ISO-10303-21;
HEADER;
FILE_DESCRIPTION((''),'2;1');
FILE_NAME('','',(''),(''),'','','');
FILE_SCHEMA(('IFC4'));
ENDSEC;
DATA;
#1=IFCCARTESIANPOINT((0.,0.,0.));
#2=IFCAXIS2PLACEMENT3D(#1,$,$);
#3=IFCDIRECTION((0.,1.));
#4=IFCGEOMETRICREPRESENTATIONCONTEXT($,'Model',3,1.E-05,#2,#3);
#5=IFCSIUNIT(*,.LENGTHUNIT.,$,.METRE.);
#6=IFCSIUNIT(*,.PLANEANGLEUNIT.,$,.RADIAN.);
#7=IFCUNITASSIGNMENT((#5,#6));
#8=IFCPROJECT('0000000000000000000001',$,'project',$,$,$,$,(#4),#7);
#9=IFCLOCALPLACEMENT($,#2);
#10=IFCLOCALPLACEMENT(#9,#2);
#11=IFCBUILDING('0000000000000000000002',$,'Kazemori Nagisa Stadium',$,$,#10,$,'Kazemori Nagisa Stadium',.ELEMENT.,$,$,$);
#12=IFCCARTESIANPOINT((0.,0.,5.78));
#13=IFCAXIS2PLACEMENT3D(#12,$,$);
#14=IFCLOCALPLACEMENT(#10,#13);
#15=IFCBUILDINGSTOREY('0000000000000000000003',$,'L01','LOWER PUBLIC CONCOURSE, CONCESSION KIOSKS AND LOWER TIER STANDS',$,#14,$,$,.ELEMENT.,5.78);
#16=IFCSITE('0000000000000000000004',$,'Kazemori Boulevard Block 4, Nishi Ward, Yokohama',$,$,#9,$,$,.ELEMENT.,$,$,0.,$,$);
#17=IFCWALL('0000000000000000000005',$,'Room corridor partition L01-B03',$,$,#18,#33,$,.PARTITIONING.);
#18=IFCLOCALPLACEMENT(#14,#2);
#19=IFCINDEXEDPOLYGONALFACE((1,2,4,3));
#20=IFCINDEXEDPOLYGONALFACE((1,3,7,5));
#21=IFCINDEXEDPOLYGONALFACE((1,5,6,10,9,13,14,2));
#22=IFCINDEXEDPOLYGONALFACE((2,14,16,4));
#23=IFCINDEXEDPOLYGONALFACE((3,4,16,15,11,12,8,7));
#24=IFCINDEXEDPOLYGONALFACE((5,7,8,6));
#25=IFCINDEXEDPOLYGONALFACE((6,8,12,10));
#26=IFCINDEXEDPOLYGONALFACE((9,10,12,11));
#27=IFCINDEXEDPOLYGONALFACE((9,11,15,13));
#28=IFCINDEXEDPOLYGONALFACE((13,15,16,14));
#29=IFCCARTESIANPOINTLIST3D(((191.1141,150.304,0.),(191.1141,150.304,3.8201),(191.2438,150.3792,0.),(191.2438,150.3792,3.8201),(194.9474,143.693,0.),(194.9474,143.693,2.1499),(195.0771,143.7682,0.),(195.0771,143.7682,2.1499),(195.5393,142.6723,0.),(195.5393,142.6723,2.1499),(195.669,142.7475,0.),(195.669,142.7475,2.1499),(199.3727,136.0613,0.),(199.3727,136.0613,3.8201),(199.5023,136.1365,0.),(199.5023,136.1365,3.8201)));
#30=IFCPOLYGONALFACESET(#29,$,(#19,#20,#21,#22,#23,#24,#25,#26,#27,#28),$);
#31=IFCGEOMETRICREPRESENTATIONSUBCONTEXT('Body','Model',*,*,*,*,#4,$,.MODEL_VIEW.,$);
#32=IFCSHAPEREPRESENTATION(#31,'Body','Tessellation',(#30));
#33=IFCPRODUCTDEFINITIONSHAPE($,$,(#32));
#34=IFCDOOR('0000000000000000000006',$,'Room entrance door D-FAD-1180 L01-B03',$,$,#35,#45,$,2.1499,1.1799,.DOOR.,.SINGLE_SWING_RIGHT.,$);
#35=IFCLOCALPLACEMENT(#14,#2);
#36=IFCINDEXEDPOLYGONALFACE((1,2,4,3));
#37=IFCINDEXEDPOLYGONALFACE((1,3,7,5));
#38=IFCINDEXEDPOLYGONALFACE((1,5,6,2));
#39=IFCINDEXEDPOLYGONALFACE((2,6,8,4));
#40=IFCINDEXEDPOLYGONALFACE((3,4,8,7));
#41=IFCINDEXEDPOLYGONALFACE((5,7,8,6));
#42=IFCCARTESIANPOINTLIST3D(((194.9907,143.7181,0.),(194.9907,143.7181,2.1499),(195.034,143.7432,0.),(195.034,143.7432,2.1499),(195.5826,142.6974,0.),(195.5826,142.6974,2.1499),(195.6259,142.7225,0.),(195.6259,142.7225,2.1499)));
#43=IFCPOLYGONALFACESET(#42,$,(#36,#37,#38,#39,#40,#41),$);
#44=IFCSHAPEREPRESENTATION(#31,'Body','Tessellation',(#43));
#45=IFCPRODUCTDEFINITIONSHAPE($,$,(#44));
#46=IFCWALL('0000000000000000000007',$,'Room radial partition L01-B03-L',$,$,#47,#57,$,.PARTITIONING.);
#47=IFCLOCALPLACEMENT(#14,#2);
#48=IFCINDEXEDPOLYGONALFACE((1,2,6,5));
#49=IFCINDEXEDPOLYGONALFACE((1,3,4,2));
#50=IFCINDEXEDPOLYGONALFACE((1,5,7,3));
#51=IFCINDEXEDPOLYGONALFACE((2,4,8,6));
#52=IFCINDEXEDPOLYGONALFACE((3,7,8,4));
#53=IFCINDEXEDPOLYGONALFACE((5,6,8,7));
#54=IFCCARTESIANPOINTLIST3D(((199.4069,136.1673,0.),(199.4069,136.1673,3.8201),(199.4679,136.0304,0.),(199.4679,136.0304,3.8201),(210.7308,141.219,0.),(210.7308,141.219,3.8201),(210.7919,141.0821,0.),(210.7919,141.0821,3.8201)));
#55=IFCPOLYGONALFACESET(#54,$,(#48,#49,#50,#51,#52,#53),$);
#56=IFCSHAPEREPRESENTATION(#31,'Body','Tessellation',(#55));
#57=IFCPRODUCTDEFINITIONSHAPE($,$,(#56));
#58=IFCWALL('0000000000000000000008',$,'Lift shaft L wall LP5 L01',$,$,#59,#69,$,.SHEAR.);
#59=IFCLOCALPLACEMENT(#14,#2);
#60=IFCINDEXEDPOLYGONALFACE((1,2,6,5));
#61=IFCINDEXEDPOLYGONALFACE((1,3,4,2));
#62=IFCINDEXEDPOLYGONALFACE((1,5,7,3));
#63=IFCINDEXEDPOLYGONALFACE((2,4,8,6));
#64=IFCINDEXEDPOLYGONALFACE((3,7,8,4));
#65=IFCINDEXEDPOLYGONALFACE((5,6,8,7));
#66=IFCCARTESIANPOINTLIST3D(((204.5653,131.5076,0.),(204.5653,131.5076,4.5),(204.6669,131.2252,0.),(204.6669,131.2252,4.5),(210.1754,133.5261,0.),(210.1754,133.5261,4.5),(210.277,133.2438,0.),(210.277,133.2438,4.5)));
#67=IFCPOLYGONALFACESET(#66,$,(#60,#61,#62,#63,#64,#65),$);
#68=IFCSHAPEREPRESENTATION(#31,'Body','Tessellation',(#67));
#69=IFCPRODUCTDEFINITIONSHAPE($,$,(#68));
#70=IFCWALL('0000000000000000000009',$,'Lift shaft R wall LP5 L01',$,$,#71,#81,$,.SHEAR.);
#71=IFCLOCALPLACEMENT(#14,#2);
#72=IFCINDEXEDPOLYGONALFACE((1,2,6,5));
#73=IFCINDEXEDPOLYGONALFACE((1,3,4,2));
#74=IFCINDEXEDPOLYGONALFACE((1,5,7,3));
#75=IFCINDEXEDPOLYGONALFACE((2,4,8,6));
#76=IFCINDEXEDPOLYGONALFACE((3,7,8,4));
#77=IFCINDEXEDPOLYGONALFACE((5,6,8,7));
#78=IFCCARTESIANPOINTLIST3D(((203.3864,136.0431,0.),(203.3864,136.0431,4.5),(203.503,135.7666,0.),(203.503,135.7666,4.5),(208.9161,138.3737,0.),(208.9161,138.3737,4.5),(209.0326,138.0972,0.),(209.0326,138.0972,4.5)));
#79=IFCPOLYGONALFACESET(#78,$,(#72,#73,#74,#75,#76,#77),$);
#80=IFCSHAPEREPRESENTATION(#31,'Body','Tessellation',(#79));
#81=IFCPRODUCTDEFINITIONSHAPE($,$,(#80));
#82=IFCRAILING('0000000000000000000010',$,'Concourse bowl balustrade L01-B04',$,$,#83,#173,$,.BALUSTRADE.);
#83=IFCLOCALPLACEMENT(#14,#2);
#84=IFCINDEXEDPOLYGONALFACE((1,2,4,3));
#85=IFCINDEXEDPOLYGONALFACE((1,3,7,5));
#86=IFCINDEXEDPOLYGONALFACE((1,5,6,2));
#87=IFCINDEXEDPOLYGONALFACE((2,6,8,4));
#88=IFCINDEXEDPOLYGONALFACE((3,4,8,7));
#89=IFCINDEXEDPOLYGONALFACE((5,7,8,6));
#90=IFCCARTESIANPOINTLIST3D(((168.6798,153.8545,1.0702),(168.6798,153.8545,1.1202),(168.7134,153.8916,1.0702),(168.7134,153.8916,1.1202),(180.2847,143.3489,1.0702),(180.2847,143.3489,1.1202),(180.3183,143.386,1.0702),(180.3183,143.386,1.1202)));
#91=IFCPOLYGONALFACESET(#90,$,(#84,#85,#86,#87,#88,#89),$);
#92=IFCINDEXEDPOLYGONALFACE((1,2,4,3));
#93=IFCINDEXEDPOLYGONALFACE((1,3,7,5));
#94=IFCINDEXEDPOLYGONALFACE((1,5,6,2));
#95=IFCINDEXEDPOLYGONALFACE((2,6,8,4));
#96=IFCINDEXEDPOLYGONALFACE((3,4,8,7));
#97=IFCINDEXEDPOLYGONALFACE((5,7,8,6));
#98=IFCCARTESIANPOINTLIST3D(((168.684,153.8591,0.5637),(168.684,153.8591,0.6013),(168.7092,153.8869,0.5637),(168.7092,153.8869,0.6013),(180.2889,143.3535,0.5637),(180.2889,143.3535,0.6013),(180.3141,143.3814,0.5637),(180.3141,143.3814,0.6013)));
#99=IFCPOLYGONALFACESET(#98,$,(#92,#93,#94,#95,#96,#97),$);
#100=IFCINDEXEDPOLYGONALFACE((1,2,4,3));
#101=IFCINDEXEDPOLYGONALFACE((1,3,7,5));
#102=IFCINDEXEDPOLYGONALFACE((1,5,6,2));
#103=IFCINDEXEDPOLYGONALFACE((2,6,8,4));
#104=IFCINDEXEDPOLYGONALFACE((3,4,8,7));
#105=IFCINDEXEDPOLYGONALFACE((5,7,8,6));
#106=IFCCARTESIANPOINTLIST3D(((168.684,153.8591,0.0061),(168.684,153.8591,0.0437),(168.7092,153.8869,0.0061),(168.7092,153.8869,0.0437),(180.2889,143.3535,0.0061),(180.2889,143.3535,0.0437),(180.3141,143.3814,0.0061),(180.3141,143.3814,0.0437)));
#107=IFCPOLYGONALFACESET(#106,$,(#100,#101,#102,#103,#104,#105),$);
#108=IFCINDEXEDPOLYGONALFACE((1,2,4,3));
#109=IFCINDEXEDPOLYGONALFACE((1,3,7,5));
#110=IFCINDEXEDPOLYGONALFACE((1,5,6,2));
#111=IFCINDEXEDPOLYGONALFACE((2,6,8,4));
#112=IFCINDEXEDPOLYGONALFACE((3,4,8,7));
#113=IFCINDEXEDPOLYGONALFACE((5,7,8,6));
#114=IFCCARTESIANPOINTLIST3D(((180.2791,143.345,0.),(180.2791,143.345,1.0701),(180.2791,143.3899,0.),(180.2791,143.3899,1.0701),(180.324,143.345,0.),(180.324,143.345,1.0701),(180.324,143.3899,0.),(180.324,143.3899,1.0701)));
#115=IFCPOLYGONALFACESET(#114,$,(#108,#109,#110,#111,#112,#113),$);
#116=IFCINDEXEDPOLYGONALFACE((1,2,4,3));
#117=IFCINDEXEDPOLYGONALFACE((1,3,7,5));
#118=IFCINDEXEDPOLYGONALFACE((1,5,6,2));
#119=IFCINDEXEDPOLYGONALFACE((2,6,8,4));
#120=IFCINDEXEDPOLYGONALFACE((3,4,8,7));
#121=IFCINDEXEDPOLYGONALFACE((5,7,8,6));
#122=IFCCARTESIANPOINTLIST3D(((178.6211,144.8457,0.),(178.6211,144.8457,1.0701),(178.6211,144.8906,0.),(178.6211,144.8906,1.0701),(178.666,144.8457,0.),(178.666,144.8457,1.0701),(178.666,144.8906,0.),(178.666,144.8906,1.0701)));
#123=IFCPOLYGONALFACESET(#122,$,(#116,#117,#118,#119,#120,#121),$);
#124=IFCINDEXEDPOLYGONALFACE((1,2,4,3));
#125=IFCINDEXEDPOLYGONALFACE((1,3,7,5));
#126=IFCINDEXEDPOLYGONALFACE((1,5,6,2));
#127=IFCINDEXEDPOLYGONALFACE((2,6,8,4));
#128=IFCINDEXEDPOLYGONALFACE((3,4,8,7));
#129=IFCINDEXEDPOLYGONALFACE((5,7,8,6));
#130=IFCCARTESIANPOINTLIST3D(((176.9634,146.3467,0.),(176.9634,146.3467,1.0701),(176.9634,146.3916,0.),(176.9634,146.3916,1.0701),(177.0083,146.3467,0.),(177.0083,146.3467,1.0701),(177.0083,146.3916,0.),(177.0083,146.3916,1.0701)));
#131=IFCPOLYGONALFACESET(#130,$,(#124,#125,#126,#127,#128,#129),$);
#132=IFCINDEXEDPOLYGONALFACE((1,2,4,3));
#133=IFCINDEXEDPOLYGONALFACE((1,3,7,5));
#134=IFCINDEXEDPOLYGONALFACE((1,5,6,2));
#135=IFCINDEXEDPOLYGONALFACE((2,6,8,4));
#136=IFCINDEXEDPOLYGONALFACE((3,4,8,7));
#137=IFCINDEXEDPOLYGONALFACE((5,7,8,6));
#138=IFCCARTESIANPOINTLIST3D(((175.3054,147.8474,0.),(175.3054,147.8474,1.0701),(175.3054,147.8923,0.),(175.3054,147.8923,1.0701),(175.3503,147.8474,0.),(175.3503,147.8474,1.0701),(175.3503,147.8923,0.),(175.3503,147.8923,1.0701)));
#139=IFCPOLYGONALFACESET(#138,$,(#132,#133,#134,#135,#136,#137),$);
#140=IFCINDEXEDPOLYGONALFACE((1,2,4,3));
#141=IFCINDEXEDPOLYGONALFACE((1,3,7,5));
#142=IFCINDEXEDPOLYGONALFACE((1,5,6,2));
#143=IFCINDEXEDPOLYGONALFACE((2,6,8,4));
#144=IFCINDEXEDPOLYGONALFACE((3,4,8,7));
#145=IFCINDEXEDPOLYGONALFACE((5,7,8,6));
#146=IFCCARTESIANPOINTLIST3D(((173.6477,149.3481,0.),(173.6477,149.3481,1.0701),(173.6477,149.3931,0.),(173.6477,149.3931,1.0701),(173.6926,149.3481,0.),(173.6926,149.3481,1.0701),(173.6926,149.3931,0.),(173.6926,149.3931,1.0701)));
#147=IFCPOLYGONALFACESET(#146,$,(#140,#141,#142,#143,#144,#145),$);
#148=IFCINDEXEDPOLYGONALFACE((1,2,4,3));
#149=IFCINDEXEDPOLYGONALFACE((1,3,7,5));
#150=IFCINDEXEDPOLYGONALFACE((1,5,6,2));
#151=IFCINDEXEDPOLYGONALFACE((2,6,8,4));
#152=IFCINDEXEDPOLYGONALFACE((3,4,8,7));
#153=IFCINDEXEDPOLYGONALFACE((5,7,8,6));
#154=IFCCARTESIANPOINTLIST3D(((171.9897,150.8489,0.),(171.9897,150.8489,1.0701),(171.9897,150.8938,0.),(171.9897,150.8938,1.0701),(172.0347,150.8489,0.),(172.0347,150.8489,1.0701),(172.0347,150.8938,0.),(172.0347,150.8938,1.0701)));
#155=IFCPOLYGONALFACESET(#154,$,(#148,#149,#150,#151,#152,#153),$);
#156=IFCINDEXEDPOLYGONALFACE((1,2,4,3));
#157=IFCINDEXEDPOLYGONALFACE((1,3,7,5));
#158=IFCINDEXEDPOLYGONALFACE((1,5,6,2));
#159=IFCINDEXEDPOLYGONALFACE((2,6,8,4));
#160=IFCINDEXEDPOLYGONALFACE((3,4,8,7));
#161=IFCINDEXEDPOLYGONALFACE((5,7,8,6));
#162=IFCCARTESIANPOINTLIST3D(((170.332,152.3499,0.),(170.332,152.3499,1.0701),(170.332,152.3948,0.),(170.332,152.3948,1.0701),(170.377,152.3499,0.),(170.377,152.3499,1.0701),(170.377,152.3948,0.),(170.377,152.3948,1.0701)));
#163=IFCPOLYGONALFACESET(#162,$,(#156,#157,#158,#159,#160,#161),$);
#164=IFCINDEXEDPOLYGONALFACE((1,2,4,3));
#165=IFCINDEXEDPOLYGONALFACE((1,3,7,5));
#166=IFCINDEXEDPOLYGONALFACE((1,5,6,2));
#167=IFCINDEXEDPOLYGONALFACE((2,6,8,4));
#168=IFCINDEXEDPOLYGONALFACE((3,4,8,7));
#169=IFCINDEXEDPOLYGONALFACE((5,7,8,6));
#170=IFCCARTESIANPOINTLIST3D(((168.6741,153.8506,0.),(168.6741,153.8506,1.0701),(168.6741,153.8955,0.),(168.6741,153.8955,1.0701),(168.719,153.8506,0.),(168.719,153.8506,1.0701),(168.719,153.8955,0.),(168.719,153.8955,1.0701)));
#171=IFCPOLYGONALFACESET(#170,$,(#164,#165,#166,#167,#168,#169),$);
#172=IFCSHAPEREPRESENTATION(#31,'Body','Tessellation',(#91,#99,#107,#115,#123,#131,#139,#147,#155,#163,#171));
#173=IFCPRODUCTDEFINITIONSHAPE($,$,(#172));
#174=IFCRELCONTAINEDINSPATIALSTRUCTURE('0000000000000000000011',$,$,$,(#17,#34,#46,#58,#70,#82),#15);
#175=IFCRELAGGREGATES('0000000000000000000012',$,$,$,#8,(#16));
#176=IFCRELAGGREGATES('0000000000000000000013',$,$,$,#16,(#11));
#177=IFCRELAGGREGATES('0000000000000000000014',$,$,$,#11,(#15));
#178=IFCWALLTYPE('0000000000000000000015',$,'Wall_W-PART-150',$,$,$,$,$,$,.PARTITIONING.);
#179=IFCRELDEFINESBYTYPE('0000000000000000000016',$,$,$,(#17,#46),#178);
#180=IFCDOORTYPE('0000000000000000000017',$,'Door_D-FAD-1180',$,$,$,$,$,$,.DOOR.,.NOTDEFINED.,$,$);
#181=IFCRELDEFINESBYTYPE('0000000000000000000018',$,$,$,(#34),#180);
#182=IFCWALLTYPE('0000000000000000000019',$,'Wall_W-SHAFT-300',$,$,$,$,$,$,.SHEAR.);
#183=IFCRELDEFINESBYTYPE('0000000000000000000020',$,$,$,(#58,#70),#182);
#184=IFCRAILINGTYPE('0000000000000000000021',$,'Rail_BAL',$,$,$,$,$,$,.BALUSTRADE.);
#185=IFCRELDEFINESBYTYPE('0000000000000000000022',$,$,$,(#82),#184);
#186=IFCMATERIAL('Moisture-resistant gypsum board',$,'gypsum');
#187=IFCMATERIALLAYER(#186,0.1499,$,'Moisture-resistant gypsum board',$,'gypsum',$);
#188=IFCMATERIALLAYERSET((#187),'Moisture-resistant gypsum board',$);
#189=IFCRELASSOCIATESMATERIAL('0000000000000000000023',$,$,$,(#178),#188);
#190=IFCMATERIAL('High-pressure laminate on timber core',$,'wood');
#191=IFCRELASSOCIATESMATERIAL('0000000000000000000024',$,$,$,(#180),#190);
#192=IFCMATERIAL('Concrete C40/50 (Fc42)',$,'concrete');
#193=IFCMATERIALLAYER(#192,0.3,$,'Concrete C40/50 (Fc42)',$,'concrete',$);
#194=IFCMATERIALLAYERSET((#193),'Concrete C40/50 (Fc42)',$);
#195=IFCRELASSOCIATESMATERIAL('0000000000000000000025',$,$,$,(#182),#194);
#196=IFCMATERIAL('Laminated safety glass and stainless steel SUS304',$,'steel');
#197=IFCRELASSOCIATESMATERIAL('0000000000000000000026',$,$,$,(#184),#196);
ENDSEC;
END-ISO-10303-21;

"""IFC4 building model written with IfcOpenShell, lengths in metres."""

from ifc_helpers import new_model, si_unit, direction, frame, frame_2d, origin, origin_2d, place, context, subcontext, project, spatial, rectangle, extrude, material, layer, layer_set, type_object, element, fill, save


model = new_model("IFC4")

# Units and contexts
model_context = context("Model", 3, precision=1e-05, world=origin(), true_north=direction((0.0, 1.0)))
body_context = subcontext(model_context, "Body", "Model", "MODEL_VIEW")
ifc_project = project(units=[si_unit("LENGTHUNIT", "METRE"), si_unit("PLANEANGLEUNIT", "RADIAN")], contexts=[model_context])

# Site, building, storey
site_placement = place(None, origin())
site = spatial("IfcSite", under=ifc_project, at=site_placement, Name="Kazemori Boulevard Block 4, Nishi Ward, Yokohama", CompositionType="ELEMENT", RefElevation=0.0)
building_placement = place(site_placement, origin())
building = spatial("IfcBuilding", under=site, at=building_placement, Name="Kazemori Nagisa Stadium", LongName="Kazemori Nagisa Stadium", CompositionType="ELEMENT")
storey_placement = place(building_placement, frame((0.0, 0.0, 5.78)))
storey = spatial("IfcBuildingStorey", under=building, at=storey_placement, Name="L01", Description="LOWER PUBLIC CONCOURSE, CONCESSION KIOSKS AND LOWER TIER STANDS", CompositionType="ELEMENT", Elevation=5.78)

# Shared definitions
ifc_material_1 = material(Name="Concrete C40/50 (Fc42)", Category="concrete")

# Wall, opening, door
ifc_material_2 = material(Name="Moisture-resistant gypsum board", Category="gypsum")
ifc_layer_1 = layer(ifc_material_2, 0.1499, Name="Moisture-resistant gypsum board", Category="gypsum")
ifc_layer_set_1 = layer_set([ifc_layer_1], Name="Moisture-resistant gypsum board")
wall_type_1 = type_object("IfcWallType", Name="Wall_W-PART-150", PredefinedType="PARTITIONING", material=ifc_layer_set_1)
wall_1_placement = place(storey_placement, frame((199.4375, 136.0989, 0.0), z_axis=(0.0, 0.0, 1.0), x_axis=(-0.501618, 0.865089, 0.0)))
wall_1 = element("IfcWall", 1, at=wall_1_placement, inside=storey, type_object=wall_type_1, Name="Room corridor partition L01-B03", PredefinedType="PARTITIONING", context=body_context, shape_type="SweptSolid", body=[
    extrude(rectangle(XDim=16.4639, YDim=0.1499, at=frame_2d((8.2319, 0.0))), origin(), (0.0, 0.0, 1.0), 3.8201),
])
opening_placement = place(wall_1_placement, frame((7.6421, 0.0, 0.0)))
opening = element("IfcOpeningElement", 2, at=opening_placement, cuts=wall_1, PredefinedType="OPENING", context=body_context, shape_type="SweptSolid", body=[
    extrude(rectangle(XDim=1.1799, YDim=2.1499, at=frame_2d((0.5898, 1.075))), frame((0.0, 0.085, 0.0), z_axis=(0.0, -1.0, 0.0), x_axis=(1.0, 0.0, 0.0)), (0.0, 0.0, 1.0), 0.1699),
])
ifc_material_3 = material(Name="High-pressure laminate on timber core", Category="wood")
door_type = type_object("IfcDoorType", Name="Door_D-FAD-1180", OperationType="NOTDEFINED", PredefinedType="DOOR", material=ifc_material_3)
door_placement = place(opening_placement, origin())
door = element("IfcDoor", 3, at=door_placement, inside=storey, type_object=door_type, Name="Room entrance door D-FAD-1180 L01-B03", OperationType="SINGLE_SWING_RIGHT", OverallHeight=2.1499, OverallWidth=1.1799, PredefinedType="DOOR", context=body_context, shape_type="SweptSolid", body=[
    extrude(rectangle(XDim=1.1799, YDim=2.1499, at=frame_2d((0.5898, 1.075))), frame((0.0, 0.0249, 0.0), z_axis=(0.0, -1.0, 0.0), x_axis=(1.0, 0.0, 0.0)), (0.0, 0.0, 1.0), 0.05),
])
fill(opening, door)

# Walls
wall_2_placement = place(storey_placement, frame((199.4375, 136.0989, 0.0), z_axis=(0.0, 0.0, 1.0), x_axis=(0.913246, 0.40741, 0.0)))
element("IfcWall", 4, at=wall_2_placement, inside=storey, type_object=wall_type_1, Name="Room radial partition L01-B03-L", PredefinedType="PARTITIONING", context=body_context, shape_type="SweptSolid", body=[
    extrude(rectangle(XDim=12.3997, YDim=0.1499, at=frame_2d((6.1997, 0.0))), origin(), (0.0, 0.0, 1.0), 3.8201),
])
ifc_layer_2 = layer(ifc_material_1, 0.3, Name="Concrete C40/50 (Fc42)", Category="concrete")
ifc_layer_set_2 = layer_set([ifc_layer_2], Name="Concrete C40/50 (Fc42)")
wall_type_2 = type_object("IfcWallType", Name="Wall_W-SHAFT-300", PredefinedType="SHEAR", material=ifc_layer_set_2)
wall_3_placement = place(storey_placement, frame((204.6162, 131.3665, 0.0), z_axis=(0.0, 0.0, 1.0), x_axis=(0.940945, 0.338559, 0.0)))
element("IfcWall", 5, at=wall_3_placement, inside=storey, type_object=wall_type_2, Name="Lift shaft L wall LP5 L01", PredefinedType="SHEAR", context=body_context, shape_type="SweptSolid", body=[
    extrude(rectangle(XDim=5.9622, YDim=0.3, at=frame_2d((2.981, 0.0))), origin(), (0.0, 0.0, 1.0), 4.5),
])
wall_4_placement = place(storey_placement, frame((203.4446, 135.9048, 0.0), z_axis=(0.0, 0.0, 1.0), x_axis=(0.921496, 0.388388, 0.0)))
element("IfcWall", 6, at=wall_4_placement, inside=storey, type_object=wall_type_2, Name="Lift shaft R wall LP5 L01", PredefinedType="SHEAR", context=body_context, shape_type="SweptSolid", body=[
    extrude(rectangle(XDim=6.0007, YDim=0.3, at=frame_2d((3.0005, 0.0))), origin(), (0.0, 0.0, 1.0), 4.5),
])

# Railing
ifc_material_4 = material(Name="Laminated safety glass and stainless steel SUS304", Category="steel")
railing_type_1 = type_object("IfcRailingType", Name="Rail_BAL", PredefinedType="BALUSTRADE", material=ifc_material_4)
railing_1_placement = place(storey_placement, frame((180.3015, 143.3674, 0.0)))
element("IfcRailing", 7, at=railing_1_placement, inside=storey, type_object=railing_type_1, Name="Concourse bowl balustrade L01-B04", PredefinedType="BALUSTRADE", context=body_context, shape_type="SweptSolid", body=[
    extrude(rectangle(XDim=0.05, YDim=0.05, at=origin_2d()), frame((0.0, 0.0, 1.0952), z_axis=(-0.741349, 0.67112, 0.0), x_axis=(-0.67112, -0.741349, 0.0)), (0.0, 0.0, 1.0), 15.6538),
    extrude(rectangle(XDim=0.0376, YDim=0.0376, at=origin_2d()), frame((0.0, 0.0, 0.5825), z_axis=(-0.741349, 0.67112, 0.0), x_axis=(-0.67112, -0.741349, 0.0)), (0.0, 0.0, 1.0), 15.6538),
    extrude(rectangle(XDim=0.0376, YDim=0.0376, at=origin_2d()), frame((0.0, 0.0, 0.0249), z_axis=(-0.741349, 0.67112, 0.0), x_axis=(-0.67112, -0.741349, 0.0)), (0.0, 0.0, 1.0), 15.6538),
    extrude(rectangle(XDim=0.0449, YDim=0.0449, at=origin_2d()), origin(), (0.0, 0.0, 1.0), 1.0701),
    extrude(rectangle(XDim=0.0449, YDim=0.0449, at=origin_2d()), frame((-1.658, 1.5007, 0.0)), (0.0, 0.0, 1.0), 1.0701),
    extrude(rectangle(XDim=0.0449, YDim=0.0449, at=origin_2d()), frame((-3.3157, 3.0017, 0.0)), (0.0, 0.0, 1.0), 1.0701),
    extrude(rectangle(XDim=0.0449, YDim=0.0449, at=origin_2d()), frame((-4.9736, 4.5024, 0.0)), (0.0, 0.0, 1.0), 1.0701),
    extrude(rectangle(XDim=0.0449, YDim=0.0449, at=origin_2d()), frame((-6.6313, 6.0032, 0.0)), (0.0, 0.0, 1.0), 1.0701),
    extrude(rectangle(XDim=0.0449, YDim=0.0449, at=origin_2d()), frame((-8.2893, 7.5039, 0.0)), (0.0, 0.0, 1.0), 1.0701),
    extrude(rectangle(XDim=0.0449, YDim=0.0449, at=origin_2d()), frame((-9.947, 9.0049, 0.0)), (0.0, 0.0, 1.0), 1.0701),
    extrude(rectangle(XDim=0.0449, YDim=0.0449, at=origin_2d()), frame((-11.605, 10.5056, 0.0)), (0.0, 0.0, 1.0), 1.0701),
])

save(model, "model.ifc")
